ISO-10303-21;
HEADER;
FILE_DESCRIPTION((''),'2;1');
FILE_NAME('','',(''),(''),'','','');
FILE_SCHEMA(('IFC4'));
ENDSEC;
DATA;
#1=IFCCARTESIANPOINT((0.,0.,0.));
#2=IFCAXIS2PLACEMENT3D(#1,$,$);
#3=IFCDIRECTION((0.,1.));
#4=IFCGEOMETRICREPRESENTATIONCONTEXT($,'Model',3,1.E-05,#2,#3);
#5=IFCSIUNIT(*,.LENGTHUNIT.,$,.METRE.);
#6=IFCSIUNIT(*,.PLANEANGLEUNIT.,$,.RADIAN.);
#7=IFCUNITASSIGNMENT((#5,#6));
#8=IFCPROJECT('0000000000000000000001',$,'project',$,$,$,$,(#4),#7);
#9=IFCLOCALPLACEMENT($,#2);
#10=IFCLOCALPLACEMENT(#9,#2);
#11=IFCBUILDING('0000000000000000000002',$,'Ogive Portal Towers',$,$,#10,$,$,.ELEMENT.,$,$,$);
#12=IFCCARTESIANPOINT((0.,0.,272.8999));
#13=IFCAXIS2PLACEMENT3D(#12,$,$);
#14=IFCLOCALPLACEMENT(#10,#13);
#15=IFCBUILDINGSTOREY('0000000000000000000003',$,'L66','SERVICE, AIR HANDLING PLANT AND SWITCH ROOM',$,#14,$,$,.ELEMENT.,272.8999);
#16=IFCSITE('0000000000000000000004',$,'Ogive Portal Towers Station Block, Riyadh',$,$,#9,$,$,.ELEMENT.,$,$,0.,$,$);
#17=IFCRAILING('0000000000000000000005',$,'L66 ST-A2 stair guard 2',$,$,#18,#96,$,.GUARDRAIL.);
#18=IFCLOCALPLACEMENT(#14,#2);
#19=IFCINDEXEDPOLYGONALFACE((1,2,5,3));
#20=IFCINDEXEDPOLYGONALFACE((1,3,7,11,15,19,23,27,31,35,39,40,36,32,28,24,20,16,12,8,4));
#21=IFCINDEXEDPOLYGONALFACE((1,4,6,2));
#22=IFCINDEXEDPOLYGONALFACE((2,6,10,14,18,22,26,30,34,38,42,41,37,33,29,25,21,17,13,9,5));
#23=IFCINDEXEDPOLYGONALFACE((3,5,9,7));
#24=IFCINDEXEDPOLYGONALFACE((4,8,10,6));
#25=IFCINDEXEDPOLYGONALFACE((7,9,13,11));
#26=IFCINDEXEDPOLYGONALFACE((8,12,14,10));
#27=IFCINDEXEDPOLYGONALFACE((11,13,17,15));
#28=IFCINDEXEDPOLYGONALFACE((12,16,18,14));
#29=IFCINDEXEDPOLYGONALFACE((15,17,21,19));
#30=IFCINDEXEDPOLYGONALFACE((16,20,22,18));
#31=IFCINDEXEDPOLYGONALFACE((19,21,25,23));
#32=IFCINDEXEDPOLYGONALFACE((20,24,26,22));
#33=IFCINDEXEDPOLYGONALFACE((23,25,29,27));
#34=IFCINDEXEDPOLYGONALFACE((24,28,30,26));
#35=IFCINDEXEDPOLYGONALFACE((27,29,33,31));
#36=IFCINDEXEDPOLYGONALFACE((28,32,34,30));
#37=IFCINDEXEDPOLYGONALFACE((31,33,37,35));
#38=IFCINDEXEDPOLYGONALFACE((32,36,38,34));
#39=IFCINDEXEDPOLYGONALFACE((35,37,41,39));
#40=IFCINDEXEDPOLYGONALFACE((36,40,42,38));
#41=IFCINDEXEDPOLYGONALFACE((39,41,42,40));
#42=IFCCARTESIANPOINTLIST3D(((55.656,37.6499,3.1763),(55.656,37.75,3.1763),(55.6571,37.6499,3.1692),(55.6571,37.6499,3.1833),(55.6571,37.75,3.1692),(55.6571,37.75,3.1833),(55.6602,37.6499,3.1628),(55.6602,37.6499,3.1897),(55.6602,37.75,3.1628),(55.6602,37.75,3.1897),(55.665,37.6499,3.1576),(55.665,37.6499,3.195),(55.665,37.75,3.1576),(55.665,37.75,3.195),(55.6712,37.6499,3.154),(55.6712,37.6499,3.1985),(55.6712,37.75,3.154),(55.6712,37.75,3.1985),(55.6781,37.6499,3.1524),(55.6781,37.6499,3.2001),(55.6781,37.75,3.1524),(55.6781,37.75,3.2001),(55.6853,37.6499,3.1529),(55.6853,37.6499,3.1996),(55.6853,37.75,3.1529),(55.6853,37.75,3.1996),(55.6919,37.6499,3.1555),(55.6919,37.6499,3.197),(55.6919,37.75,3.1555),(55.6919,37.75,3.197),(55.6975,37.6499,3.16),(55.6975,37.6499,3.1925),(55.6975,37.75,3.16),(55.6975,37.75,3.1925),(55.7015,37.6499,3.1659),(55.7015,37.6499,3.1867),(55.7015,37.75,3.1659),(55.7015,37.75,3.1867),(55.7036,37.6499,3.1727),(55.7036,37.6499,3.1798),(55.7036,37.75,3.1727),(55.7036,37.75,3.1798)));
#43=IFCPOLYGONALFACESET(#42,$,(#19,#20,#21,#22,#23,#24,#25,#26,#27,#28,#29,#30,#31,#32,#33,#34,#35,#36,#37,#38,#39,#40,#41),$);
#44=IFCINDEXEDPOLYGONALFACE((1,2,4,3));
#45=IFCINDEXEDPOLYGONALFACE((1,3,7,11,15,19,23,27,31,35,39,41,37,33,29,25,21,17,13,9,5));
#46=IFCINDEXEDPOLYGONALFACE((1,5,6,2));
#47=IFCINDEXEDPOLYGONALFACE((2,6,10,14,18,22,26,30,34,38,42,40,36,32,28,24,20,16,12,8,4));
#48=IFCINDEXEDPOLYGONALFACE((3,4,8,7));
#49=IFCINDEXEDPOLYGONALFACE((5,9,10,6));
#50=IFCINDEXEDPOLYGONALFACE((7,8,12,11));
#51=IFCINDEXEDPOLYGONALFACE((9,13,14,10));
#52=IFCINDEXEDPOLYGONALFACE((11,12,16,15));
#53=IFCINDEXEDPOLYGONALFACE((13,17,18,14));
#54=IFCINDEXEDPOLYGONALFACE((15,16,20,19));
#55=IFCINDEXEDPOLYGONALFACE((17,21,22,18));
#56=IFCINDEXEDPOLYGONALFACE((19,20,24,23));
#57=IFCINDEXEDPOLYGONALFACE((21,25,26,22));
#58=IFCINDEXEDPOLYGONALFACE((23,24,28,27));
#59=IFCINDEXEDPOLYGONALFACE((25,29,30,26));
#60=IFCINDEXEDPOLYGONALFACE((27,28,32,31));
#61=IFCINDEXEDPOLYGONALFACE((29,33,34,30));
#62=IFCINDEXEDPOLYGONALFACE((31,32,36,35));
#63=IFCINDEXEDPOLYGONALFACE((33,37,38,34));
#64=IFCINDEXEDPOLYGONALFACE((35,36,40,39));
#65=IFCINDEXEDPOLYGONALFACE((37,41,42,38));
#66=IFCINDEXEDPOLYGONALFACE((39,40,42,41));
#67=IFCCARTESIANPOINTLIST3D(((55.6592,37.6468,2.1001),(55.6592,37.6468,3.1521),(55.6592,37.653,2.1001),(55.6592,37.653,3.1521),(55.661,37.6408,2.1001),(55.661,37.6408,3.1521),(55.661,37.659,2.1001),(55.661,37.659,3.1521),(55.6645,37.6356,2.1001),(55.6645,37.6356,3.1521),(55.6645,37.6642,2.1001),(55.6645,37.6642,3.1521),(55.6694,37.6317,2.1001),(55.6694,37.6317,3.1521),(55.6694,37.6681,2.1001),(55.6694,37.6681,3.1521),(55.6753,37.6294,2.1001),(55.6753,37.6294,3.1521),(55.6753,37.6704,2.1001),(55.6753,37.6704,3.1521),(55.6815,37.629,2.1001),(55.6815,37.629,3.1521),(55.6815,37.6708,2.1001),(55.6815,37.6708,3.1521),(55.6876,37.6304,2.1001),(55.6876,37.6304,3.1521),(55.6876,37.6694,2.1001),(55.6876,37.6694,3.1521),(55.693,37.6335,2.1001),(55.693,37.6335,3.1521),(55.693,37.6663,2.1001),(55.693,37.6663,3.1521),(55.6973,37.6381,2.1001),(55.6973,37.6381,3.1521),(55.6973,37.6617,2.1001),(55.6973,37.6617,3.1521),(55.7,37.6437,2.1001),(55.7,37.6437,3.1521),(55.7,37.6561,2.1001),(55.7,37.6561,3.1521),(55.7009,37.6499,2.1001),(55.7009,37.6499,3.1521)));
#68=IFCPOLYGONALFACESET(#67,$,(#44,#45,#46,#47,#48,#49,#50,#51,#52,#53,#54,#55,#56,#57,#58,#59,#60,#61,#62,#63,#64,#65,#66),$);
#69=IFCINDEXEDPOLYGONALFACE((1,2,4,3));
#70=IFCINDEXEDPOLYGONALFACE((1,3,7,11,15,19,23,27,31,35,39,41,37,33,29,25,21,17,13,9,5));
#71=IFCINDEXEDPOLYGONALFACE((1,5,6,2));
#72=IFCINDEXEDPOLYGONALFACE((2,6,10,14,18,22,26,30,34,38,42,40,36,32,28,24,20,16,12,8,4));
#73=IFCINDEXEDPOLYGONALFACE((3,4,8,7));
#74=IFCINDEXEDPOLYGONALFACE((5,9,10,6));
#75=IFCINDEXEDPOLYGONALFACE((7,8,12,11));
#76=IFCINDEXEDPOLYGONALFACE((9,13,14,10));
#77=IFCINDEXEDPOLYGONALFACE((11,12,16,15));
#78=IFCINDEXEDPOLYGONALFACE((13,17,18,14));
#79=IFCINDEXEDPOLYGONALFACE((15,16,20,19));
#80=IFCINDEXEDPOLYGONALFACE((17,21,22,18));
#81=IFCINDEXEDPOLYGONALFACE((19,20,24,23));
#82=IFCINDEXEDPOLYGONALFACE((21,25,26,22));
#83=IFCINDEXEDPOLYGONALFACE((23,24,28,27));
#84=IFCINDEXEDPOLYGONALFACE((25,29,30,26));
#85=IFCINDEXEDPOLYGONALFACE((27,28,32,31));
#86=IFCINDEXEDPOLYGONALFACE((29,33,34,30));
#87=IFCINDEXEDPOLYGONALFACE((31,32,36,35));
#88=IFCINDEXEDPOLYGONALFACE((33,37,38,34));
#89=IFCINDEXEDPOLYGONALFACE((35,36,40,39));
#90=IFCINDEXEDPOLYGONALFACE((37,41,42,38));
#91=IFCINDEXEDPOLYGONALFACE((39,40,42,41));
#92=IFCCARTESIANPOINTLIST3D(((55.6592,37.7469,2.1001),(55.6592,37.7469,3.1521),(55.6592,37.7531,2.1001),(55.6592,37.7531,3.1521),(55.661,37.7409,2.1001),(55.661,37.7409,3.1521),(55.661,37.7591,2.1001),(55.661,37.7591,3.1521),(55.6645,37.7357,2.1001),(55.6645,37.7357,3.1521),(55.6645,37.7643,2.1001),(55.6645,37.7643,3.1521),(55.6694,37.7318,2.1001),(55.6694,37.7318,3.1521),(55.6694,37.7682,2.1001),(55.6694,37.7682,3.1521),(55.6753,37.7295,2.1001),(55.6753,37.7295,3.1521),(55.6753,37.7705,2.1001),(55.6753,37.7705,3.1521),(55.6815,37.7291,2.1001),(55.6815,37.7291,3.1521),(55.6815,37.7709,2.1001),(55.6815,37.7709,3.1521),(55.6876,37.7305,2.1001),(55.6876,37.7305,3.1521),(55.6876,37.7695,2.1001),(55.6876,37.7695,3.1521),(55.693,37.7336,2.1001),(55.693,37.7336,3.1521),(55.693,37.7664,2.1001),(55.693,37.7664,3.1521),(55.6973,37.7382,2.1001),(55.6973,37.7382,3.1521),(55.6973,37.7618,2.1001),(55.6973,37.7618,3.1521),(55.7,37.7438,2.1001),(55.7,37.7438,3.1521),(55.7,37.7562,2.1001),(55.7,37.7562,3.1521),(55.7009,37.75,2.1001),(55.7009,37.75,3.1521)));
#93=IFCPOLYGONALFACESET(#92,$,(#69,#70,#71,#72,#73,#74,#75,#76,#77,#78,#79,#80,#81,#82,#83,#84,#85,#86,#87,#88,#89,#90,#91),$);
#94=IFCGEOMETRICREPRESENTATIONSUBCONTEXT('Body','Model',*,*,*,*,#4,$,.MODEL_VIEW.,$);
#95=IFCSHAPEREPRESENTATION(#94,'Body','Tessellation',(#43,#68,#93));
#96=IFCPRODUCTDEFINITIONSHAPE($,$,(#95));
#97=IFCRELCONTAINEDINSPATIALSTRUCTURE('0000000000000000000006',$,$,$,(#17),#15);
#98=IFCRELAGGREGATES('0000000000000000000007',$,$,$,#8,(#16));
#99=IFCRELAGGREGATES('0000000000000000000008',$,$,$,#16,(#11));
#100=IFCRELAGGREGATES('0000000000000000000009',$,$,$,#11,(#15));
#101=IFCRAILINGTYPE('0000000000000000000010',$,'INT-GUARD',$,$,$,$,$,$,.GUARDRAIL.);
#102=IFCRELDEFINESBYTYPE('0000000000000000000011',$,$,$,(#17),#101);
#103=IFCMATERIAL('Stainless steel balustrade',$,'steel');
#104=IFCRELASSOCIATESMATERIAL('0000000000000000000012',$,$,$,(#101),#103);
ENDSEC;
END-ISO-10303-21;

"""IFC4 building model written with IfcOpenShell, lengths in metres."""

from ifc_helpers import new_model, si_unit, direction, frame, origin, origin_2d, place, context, subcontext, project, spatial, circle, extrude, material, type_object, element, save


model = new_model("IFC4")

# Units and contexts
model_context = context("Model", 3, precision=1e-05, world=origin(), true_north=direction((0.0, 1.0)))
body_context = subcontext(model_context, "Body", "Model", "MODEL_VIEW")
ifc_project = project(units=[si_unit("LENGTHUNIT", "METRE"), si_unit("PLANEANGLEUNIT", "RADIAN")], contexts=[model_context])

# Site, building, storey
site_placement = place(None, origin())
site = spatial("IfcSite", under=ifc_project, at=site_placement, Name="Ogive Portal Towers Station Block, Riyadh", CompositionType="ELEMENT", RefElevation=0.0)
building_placement = place(site_placement, origin())
building = spatial("IfcBuilding", under=site, at=building_placement, Name="Ogive Portal Towers", CompositionType="ELEMENT")
storey_placement = place(building_placement, frame((0.0, 0.0, 272.8999)))
storey = spatial("IfcBuildingStorey", under=building, at=storey_placement, Name="L66", Description="SERVICE, AIR HANDLING PLANT AND SWITCH ROOM", CompositionType="ELEMENT", Elevation=272.8999)

# Railing
ifc_material_1 = material(Name="Stainless steel balustrade", Category="steel")
railing_type_1 = type_object("IfcRailingType", Name="INT-GUARD", PredefinedType="GUARDRAIL", material=ifc_material_1)
railing_1_placement = place(storey_placement, frame((55.6799, 37.6499, 2.1001)))
element("IfcRailing", 1, at=railing_1_placement, inside=storey, type_object=railing_type_1, Name="L66 ST-A2 stair guard 2", PredefinedType="GUARDRAIL", context=body_context, shape_type="SweptSolid", body=[
    extrude(circle(Radius=0.0239, at=origin_2d()), frame((0.0, 0.0, 1.0762), z_axis=(0.0, 1.0, 0.0), x_axis=(-1.0, 0.0, 0.0)), (0.0, 0.0, 1.0), 0.1001),
    extrude(circle(Radius=0.021, at=origin_2d()), origin(), (0.0, 0.0, 1.0), 1.052),
    extrude(circle(Radius=0.021, at=origin_2d()), frame((0.0, 0.1001, 0.0)), (0.0, 0.0, 1.0), 1.052),
])

save(model, "model.ifc")
